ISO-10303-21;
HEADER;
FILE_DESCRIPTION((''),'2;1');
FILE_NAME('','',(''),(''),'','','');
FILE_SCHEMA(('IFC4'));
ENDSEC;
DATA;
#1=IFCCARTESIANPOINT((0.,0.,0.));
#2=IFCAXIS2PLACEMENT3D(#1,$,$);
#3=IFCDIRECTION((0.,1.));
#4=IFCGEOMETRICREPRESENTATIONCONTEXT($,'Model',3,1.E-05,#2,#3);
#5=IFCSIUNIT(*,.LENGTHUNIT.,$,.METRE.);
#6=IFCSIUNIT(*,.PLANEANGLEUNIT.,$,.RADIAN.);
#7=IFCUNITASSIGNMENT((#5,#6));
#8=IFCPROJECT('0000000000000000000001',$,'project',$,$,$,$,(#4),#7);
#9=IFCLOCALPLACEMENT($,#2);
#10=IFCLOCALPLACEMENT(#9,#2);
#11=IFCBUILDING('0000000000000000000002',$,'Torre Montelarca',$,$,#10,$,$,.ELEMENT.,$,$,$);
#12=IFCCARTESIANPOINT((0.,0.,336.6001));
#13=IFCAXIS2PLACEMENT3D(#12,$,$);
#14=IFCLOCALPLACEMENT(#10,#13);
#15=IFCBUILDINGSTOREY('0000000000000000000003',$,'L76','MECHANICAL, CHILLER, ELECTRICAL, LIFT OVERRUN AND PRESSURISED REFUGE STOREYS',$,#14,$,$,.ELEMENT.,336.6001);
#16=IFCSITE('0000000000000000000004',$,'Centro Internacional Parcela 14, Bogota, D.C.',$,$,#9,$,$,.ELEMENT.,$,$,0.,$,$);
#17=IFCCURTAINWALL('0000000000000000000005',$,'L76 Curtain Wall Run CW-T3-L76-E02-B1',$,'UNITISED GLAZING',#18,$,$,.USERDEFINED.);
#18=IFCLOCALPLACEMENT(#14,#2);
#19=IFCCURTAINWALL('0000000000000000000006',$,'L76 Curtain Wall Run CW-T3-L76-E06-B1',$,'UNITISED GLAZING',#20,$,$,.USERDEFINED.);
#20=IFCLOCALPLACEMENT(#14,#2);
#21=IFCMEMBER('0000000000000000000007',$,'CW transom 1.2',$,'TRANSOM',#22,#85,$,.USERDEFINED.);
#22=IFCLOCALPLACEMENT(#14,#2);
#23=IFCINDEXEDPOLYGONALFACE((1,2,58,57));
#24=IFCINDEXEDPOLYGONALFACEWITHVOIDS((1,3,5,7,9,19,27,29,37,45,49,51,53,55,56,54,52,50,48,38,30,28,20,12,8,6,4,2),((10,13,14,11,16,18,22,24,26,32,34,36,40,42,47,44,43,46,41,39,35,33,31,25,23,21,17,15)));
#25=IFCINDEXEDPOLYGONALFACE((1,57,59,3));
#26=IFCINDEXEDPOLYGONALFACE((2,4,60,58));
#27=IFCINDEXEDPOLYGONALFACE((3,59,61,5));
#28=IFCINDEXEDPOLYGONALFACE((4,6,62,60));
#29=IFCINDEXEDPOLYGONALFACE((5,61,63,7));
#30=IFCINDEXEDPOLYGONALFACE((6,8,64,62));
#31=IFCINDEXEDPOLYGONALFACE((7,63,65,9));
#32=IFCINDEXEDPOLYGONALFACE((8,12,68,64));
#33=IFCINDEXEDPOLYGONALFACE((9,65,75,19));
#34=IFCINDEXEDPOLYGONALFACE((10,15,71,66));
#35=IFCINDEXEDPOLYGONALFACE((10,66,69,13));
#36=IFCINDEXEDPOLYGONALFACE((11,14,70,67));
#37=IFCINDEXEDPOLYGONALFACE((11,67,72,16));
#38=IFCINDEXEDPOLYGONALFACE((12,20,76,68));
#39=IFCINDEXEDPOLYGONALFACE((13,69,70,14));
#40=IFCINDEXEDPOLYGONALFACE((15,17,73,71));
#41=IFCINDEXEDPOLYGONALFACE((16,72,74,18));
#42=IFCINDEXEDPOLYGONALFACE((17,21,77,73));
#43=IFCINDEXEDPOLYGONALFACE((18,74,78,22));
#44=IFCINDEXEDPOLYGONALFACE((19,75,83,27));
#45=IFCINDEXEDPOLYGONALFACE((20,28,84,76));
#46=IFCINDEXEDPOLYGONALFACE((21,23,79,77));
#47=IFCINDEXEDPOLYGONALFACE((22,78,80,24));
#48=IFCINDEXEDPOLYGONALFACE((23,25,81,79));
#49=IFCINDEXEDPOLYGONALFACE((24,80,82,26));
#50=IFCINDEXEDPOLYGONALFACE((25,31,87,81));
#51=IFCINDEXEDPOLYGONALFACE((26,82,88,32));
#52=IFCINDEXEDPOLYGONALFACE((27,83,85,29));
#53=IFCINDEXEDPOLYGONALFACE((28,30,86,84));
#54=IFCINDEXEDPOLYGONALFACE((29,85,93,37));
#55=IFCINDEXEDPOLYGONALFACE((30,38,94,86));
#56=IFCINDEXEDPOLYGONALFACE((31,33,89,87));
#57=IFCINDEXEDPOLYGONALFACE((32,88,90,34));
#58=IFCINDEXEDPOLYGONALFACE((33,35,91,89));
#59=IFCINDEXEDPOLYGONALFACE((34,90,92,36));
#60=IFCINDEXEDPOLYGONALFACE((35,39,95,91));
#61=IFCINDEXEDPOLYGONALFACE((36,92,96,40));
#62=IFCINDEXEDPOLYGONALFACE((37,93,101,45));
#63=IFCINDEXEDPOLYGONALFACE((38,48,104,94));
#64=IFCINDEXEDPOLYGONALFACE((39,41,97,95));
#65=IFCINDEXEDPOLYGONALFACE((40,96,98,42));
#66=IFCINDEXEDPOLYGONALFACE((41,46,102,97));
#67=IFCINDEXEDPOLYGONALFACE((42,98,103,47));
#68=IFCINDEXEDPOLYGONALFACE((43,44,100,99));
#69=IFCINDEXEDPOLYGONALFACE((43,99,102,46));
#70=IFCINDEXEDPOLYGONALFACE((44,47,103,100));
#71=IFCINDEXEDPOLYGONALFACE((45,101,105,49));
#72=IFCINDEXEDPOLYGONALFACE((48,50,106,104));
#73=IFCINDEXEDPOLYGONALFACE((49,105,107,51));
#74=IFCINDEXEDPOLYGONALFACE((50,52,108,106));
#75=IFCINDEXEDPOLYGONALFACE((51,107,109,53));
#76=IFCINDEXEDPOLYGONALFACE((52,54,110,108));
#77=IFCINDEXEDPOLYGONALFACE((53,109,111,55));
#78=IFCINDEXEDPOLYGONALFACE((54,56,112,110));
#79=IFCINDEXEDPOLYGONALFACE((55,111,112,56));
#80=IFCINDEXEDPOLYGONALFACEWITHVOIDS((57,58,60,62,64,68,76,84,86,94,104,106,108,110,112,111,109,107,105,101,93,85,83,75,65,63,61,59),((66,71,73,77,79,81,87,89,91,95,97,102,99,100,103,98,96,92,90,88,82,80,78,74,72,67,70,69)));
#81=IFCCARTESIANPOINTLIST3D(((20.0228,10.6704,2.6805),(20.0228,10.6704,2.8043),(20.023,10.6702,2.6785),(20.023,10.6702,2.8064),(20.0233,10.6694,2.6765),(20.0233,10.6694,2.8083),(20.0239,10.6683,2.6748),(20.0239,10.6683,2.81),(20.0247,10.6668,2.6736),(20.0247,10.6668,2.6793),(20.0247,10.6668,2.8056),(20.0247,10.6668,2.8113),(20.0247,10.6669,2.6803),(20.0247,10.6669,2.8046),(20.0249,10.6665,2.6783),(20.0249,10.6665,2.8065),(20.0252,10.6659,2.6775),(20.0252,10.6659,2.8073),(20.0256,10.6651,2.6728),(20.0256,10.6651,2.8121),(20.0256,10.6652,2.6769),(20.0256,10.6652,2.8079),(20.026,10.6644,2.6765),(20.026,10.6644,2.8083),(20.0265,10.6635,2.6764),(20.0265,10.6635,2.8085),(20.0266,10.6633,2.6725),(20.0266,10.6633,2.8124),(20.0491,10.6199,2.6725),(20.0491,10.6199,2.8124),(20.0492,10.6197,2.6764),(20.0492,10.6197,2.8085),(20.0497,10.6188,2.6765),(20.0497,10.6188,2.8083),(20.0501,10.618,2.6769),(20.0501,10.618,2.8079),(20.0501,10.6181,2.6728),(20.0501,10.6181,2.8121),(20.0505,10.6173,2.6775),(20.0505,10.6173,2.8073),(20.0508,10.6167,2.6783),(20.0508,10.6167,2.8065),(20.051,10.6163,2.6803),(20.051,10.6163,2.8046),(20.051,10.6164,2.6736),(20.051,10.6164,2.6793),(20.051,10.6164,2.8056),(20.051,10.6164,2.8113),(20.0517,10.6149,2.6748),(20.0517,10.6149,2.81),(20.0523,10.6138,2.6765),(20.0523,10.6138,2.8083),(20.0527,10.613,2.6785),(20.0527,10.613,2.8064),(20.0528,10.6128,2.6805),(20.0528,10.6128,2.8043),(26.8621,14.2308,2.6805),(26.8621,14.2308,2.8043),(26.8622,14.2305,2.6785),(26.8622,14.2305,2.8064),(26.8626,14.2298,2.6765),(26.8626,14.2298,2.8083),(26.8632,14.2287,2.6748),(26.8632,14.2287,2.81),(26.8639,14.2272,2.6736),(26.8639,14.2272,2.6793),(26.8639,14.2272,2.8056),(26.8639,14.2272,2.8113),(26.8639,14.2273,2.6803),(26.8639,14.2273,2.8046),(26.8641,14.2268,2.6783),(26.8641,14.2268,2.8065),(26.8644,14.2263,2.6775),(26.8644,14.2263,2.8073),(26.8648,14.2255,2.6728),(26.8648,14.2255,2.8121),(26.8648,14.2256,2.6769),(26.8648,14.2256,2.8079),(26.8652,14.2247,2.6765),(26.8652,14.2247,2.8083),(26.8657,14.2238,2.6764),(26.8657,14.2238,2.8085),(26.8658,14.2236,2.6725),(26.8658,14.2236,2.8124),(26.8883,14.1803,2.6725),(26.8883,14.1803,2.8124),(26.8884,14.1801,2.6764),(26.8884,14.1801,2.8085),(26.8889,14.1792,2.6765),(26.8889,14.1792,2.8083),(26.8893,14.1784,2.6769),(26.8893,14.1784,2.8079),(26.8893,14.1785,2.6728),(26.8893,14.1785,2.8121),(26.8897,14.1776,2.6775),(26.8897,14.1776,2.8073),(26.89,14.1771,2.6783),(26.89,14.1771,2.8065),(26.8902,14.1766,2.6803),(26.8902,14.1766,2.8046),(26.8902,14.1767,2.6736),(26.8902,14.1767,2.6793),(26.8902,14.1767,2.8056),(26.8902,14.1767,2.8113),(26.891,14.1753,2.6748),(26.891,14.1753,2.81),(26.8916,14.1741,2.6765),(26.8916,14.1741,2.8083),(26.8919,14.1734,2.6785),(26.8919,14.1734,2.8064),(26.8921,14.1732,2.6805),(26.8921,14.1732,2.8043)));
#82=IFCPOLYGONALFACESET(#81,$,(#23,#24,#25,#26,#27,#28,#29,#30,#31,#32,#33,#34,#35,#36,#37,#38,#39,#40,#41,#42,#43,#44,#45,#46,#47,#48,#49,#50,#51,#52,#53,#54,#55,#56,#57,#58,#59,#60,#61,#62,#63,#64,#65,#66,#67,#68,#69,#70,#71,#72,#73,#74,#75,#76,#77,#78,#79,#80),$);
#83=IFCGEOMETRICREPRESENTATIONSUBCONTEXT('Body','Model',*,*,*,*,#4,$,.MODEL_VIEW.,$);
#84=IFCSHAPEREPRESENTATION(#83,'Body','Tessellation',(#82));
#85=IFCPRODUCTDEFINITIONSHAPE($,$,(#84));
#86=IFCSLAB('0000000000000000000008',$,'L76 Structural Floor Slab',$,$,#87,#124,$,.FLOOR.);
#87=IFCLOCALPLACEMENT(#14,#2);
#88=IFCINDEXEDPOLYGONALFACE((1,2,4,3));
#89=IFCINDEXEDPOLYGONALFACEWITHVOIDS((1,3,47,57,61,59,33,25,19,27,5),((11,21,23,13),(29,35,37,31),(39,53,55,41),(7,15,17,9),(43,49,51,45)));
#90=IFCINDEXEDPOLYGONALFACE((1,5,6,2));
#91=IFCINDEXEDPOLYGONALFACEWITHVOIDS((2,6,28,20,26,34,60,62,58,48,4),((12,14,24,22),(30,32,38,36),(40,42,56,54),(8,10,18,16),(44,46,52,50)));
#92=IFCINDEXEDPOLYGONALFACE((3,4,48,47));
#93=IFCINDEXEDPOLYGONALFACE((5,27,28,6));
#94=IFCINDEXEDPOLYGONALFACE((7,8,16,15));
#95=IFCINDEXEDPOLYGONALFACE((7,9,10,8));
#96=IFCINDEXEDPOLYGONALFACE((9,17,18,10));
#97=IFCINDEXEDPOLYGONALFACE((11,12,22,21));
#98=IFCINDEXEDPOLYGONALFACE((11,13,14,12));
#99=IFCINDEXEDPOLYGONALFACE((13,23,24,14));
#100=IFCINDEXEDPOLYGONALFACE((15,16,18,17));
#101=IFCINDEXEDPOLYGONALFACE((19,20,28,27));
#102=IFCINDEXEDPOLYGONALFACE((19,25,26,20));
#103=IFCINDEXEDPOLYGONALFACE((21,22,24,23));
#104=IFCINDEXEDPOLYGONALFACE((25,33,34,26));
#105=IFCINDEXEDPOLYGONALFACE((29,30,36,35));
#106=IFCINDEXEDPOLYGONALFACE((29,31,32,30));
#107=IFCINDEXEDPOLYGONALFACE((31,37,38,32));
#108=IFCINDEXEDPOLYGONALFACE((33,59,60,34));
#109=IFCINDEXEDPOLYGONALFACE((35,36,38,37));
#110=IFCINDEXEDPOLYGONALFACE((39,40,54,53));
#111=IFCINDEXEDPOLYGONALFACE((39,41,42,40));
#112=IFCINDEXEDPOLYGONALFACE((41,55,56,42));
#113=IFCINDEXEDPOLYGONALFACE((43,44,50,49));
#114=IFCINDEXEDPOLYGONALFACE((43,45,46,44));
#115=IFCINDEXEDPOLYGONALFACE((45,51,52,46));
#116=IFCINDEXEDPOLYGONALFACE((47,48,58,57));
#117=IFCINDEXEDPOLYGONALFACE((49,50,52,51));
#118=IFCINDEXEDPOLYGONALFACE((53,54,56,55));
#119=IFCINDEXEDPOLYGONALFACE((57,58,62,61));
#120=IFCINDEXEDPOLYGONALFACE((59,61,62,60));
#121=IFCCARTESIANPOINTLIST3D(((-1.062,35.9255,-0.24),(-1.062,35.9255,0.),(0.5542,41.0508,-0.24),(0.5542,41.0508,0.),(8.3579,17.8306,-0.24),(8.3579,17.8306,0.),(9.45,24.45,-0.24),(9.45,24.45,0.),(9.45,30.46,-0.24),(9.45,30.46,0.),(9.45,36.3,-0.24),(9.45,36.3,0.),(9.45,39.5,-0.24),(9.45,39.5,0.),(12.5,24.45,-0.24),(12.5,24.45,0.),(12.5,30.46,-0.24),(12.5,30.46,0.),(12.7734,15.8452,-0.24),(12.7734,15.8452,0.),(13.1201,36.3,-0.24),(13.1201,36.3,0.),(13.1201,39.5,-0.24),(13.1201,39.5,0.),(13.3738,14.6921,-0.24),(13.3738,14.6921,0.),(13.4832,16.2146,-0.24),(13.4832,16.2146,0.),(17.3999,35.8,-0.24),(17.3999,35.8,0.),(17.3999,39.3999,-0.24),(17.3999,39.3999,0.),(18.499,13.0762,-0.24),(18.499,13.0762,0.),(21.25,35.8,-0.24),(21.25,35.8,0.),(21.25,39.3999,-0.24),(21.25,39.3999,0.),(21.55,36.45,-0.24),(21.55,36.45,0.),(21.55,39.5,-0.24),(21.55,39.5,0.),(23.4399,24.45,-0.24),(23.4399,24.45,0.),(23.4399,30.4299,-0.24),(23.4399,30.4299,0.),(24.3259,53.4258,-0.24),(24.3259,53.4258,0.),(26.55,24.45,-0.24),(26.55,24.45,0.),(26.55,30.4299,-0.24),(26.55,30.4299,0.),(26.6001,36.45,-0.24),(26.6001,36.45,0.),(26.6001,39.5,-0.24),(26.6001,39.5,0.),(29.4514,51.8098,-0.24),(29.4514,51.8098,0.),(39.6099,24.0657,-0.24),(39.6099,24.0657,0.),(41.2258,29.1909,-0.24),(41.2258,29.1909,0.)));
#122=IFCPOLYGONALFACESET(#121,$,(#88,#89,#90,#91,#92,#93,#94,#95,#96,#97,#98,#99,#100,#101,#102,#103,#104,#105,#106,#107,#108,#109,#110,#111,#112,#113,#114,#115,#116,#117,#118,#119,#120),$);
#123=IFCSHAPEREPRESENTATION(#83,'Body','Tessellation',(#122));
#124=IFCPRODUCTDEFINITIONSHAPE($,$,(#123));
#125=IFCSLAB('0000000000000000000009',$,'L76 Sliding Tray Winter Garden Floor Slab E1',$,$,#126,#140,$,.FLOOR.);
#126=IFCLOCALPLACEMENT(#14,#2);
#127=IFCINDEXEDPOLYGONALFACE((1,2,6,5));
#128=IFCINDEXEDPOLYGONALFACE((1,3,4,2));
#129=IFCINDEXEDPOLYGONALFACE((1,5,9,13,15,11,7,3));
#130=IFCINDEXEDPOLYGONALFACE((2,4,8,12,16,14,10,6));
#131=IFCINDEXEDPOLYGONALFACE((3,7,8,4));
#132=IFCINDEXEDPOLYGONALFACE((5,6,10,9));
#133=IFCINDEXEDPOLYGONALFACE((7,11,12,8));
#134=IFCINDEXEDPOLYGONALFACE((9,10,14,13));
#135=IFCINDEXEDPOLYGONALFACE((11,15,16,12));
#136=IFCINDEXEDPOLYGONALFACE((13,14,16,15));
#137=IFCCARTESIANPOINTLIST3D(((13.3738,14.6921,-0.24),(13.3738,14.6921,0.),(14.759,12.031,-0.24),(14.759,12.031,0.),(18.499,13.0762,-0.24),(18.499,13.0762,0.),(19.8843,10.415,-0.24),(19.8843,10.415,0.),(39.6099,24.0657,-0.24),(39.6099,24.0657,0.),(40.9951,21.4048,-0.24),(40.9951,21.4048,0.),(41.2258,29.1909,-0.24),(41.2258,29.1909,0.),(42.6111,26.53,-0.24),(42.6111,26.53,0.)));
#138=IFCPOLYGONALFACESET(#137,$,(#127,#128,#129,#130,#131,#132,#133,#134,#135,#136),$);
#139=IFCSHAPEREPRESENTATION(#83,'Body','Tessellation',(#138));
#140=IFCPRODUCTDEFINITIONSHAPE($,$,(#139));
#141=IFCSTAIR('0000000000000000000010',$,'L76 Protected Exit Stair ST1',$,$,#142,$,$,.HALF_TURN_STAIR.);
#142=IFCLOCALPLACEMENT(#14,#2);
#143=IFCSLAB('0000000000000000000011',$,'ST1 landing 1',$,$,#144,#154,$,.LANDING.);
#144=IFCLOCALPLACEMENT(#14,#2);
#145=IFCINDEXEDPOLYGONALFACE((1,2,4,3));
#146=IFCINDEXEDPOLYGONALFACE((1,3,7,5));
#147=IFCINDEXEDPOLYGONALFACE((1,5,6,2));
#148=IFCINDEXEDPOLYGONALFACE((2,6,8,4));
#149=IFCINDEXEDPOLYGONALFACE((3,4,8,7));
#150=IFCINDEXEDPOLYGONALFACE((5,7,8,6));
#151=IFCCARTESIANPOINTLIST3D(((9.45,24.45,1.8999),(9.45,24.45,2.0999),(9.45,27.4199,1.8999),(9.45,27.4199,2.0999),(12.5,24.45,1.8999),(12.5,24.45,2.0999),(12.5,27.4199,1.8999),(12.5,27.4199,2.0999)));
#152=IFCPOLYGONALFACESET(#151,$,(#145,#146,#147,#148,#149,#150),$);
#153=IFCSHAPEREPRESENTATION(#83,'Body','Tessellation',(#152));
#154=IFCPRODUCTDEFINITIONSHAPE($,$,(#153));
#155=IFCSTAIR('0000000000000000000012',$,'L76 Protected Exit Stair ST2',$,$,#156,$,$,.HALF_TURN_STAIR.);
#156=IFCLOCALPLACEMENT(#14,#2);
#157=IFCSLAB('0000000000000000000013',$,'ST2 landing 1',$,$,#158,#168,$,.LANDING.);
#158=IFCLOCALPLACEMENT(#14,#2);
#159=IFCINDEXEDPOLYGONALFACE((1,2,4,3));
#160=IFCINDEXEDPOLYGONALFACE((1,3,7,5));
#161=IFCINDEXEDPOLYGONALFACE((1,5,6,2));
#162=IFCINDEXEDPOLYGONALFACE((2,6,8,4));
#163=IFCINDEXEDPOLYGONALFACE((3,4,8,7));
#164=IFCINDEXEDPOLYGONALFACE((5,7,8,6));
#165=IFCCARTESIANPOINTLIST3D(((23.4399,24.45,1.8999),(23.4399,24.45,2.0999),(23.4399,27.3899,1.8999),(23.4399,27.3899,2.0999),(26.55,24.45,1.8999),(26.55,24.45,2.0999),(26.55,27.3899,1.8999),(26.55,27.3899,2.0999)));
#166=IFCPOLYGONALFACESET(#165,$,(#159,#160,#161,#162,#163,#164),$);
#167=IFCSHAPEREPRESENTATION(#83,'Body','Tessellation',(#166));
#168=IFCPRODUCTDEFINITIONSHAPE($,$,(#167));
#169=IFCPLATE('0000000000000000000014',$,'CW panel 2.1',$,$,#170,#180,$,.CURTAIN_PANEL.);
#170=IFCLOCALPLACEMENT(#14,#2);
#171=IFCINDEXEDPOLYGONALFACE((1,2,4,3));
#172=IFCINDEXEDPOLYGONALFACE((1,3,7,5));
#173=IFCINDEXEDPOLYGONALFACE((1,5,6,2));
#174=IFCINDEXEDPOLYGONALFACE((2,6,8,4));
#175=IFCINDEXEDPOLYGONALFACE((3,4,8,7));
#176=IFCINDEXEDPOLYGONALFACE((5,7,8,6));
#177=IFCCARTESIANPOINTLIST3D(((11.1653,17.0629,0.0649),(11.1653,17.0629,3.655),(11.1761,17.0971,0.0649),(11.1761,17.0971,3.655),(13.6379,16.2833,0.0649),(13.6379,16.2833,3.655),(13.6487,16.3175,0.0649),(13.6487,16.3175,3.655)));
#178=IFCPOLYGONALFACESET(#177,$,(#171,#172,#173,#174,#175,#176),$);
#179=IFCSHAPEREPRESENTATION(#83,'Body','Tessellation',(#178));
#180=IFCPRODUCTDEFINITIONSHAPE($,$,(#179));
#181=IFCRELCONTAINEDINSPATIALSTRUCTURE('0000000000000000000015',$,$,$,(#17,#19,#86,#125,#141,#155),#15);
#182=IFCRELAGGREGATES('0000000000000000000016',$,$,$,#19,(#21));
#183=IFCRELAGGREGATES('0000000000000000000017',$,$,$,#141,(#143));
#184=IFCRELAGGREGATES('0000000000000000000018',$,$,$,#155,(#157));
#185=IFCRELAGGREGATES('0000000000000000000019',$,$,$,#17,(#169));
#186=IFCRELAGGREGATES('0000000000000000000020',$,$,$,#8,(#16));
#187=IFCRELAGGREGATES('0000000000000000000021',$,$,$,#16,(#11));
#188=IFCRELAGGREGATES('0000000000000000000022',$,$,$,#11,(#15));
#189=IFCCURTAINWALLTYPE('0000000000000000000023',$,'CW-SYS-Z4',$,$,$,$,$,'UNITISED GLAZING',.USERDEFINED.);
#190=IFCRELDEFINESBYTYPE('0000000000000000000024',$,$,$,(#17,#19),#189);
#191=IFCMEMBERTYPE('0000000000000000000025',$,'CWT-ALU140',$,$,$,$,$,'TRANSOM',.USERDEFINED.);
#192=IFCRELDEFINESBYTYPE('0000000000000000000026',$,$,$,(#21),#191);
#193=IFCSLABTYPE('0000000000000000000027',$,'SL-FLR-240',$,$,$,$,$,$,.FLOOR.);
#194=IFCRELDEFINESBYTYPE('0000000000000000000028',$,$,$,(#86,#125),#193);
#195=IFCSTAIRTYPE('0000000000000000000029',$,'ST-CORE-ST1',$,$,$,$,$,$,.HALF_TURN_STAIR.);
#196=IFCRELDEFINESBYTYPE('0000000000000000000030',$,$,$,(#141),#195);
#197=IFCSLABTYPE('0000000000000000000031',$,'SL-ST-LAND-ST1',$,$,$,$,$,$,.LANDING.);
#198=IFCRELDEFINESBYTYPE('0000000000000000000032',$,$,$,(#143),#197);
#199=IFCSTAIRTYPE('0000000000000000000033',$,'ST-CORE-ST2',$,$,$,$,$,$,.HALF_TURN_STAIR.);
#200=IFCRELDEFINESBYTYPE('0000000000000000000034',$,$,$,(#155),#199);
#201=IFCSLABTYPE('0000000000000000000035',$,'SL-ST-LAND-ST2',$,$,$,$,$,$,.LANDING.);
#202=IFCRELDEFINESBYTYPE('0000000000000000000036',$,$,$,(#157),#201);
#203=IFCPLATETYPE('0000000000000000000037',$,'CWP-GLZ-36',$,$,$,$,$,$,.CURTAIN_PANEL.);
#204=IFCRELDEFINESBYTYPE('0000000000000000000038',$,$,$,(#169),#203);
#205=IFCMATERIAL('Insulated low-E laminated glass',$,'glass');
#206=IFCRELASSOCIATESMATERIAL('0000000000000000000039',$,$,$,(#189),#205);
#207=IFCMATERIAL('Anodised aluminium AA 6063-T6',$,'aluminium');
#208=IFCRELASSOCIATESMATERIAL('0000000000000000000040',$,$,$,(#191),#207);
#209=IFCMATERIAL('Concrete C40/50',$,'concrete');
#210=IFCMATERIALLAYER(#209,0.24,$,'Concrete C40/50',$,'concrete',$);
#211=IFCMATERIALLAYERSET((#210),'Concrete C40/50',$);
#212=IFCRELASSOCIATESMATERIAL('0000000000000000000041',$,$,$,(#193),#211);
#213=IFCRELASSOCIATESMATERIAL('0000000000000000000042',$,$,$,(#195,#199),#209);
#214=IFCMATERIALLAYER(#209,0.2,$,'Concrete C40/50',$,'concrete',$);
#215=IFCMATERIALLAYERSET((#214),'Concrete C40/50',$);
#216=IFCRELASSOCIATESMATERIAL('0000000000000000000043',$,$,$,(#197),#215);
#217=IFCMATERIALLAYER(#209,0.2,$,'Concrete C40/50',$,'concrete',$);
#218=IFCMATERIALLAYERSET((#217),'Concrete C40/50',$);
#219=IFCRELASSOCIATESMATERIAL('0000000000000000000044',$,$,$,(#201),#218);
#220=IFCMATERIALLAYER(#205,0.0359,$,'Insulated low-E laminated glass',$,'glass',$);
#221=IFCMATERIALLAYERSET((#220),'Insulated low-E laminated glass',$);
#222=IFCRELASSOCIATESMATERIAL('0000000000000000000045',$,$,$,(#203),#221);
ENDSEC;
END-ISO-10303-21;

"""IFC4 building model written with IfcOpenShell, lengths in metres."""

from ifc_helpers import new_model, si_unit, direction, frame, origin, origin_2d, place, context, subcontext, project, spatial, polyline, rectangle, hollow_rectangle, outline, extrude, source, transform, mapped, material, layer, layer_set, material_profile, profile_set, type_object, element, aggregate, save


model = new_model("IFC4")

# Units and contexts
model_context = context("Model", 3, precision=1e-05, world=origin(), true_north=direction((0.0, 1.0)))
body_context = subcontext(model_context, "Body", "Model", "MODEL_VIEW")
ifc_project = project(units=[si_unit("LENGTHUNIT", "METRE"), si_unit("PLANEANGLEUNIT", "RADIAN")], contexts=[model_context])

# Site, building, storey
site_placement = place(None, origin())
site = spatial("IfcSite", under=ifc_project, at=site_placement, Name="Centro Internacional Parcela 14, Bogota, D.C.", CompositionType="ELEMENT", RefElevation=0.0)
building_placement = place(site_placement, origin())
building = spatial("IfcBuilding", under=site, at=building_placement, Name="Torre Montelarca", CompositionType="ELEMENT")
storey_placement = place(building_placement, frame((0.0, 0.0, 336.6001)))
storey = spatial("IfcBuildingStorey", under=building, at=storey_placement, Name="L76", Description="MECHANICAL, CHILLER, ELECTRICAL, LIFT OVERRUN AND PRESSURISED REFUGE STOREYS", CompositionType="ELEMENT", Elevation=336.6001)

# Curtain wall
ifc_material_1 = material(Name="Insulated low-E laminated glass", Category="glass")
curtain_wall_type = type_object("IfcCurtainWallType", Name="CW-SYS-Z4", ElementType="UNITISED GLAZING", PredefinedType="USERDEFINED", material=ifc_material_1)
curtain_wall_1_placement = place(storey_placement, origin())
curtain_wall_1 = element("IfcCurtainWall", 1, at=curtain_wall_1_placement, inside=storey, type_object=curtain_wall_type, Name="L76 Curtain Wall Run CW-T3-L76-E02-B1", ObjectType="UNITISED GLAZING", PredefinedType="USERDEFINED")
ifc_material_2 = material(Name="Anodised aluminium AA 6063-T6", Category="aluminium")
ifc_material_profile_1 = material_profile(ifc_material_2, hollow_rectangle(XDim=0.0649, YDim=0.1399, WallThickness=0.0039, InnerFilletRadius=0.0039, OuterFilletRadius=0.0081, at=origin_2d()), Name="ALU65X140X4", Category="aluminium")
ifc_profile_set_1 = profile_set([ifc_material_profile_1], Name="Anodised aluminium AA 6063-T6")
member_type_1 = type_object("IfcMemberType", Name="CWT-ALU140", ElementType="TRANSOM", PredefinedType="USERDEFINED", material=ifc_profile_set_1)

# Curtain wall
curtain_wall_2_placement = place(storey_placement, origin())
curtain_wall_2 = element("IfcCurtainWall", 2, at=curtain_wall_2_placement, inside=storey, type_object=curtain_wall_type, Name="L76 Curtain Wall Run CW-T3-L76-E06-B1", ObjectType="UNITISED GLAZING", PredefinedType="USERDEFINED")

# Member
shared_shape_1 = source(origin(), body_context, "Body", "SweptSolid", [
    extrude(hollow_rectangle(XDim=0.0649, YDim=0.1399, WallThickness=0.0039, InnerFilletRadius=0.0039, OuterFilletRadius=0.0081, at=origin_2d()), origin(), (0.0, 0.0, 1.0), 7.7104),
])
member_1_placement = place(storey_placement, frame((20.0378, 10.6416, 2.7424), z_axis=(0.887006, 0.461757, 0.0), x_axis=(-0.461757, 0.887006, 0.0)))
member_1 = element("IfcMember", 3, at=member_1_placement, type_object=member_type_1, Name="CW transom 1.2", ObjectType="TRANSOM", PredefinedType="USERDEFINED", context=body_context, shape_type="MappedRepresentation", body=[
    mapped(shared_shape_1, transform((0.0, 0.0, 0.0), scale=1.0)),
])
aggregate(curtain_wall_2, [member_1])

# Slabs
ifc_material_3 = material(Name="Concrete C40/50", Category="concrete")
ifc_layer_1 = layer(ifc_material_3, 0.24, Name="Concrete C40/50", Category="concrete")
ifc_layer_set_1 = layer_set([ifc_layer_1], Name="Concrete C40/50")
slab_type_1 = type_object("IfcSlabType", Name="SL-FLR-240", PredefinedType="FLOOR", material=ifc_layer_set_1)
slab_1_placement = place(storey_placement, frame((0.0, 0.0, -0.24)))
element("IfcSlab", 4, at=slab_1_placement, inside=storey, type_object=slab_type_1, Name="L76 Structural Floor Slab", PredefinedType="FLOOR", context=body_context, shape_type="SweptSolid", body=[
    extrude(outline(polyline([(8.3579, 17.8306), (13.4832, 16.2146), (12.7734, 15.8452), (13.3738, 14.6921), (18.499, 13.0762), (39.6099, 24.0657), (41.2258, 29.1909), (29.4514, 51.8098), (24.3259, 53.4258), (0.5542, 41.0508), (-1.062, 35.9255), (8.3579, 17.8306)]), holes=[polyline([(26.55, 24.45), (23.4399, 24.45), (23.4399, 30.4299), (26.55, 30.4299), (26.55, 24.45)]), polyline([(12.5, 24.45), (9.45, 24.45), (9.45, 30.46), (12.5, 30.46), (12.5, 24.45)]), polyline([(21.25, 39.3999), (21.25, 35.8), (17.3999, 35.8), (17.3999, 39.3999), (21.25, 39.3999)]), polyline([(13.1201, 36.3), (9.45, 36.3), (9.45, 39.5), (13.1201, 39.5), (13.1201, 36.3)]), polyline([(26.6001, 36.45), (21.55, 36.45), (21.55, 39.5), (26.6001, 39.5), (26.6001, 36.45)])]), origin(), (0.0, 0.0, 1.0), 0.24),
])
slab_2_placement = place(storey_placement, frame((0.0, 0.0, -0.24)))
element("IfcSlab", 5, at=slab_2_placement, inside=storey, type_object=slab_type_1, Name="L76 Sliding Tray Winter Garden Floor Slab E1", PredefinedType="FLOOR", context=body_context, shape_type="SweptSolid", body=[
    extrude(outline(polyline([(41.2258, 29.1909), (39.6099, 24.0657), (18.499, 13.0762), (13.3738, 14.6921), (14.759, 12.031), (19.8843, 10.415), (40.9951, 21.4048), (42.6111, 26.53), (41.2258, 29.1909)])), origin(), (0.0, 0.0, 1.0), 0.24),
])

# Stairs, slabs
stair_type_1 = type_object("IfcStairType", Name="ST-CORE-ST1", PredefinedType="HALF_TURN_STAIR", material=ifc_material_3)
stair_1_placement = place(storey_placement, origin())
stair_1 = element("IfcStair", 6, at=stair_1_placement, inside=storey, type_object=stair_type_1, Name="L76 Protected Exit Stair ST1", PredefinedType="HALF_TURN_STAIR")
ifc_layer_2 = layer(ifc_material_3, 0.2, Name="Concrete C40/50", Category="concrete")
ifc_layer_set_2 = layer_set([ifc_layer_2], Name="Concrete C40/50")
slab_type_2 = type_object("IfcSlabType", Name="SL-ST-LAND-ST1", PredefinedType="LANDING", material=ifc_layer_set_2)
slab_3_placement = place(storey_placement, frame((0.0, 0.0, 1.8999)))
slab_3 = element("IfcSlab", 7, at=slab_3_placement, type_object=slab_type_2, Name="ST1 landing 1", PredefinedType="LANDING", context=body_context, shape_type="SweptSolid", body=[
    extrude(outline(polyline([(9.45, 27.4199), (9.45, 24.45), (12.5, 24.45), (12.5, 27.4199), (9.45, 27.4199)])), origin(), (0.0, 0.0, 1.0), 0.2),
])
aggregate(stair_1, [slab_3])
stair_type_2 = type_object("IfcStairType", Name="ST-CORE-ST2", PredefinedType="HALF_TURN_STAIR", material=ifc_material_3)
stair_2_placement = place(storey_placement, origin())
stair_2 = element("IfcStair", 8, at=stair_2_placement, inside=storey, type_object=stair_type_2, Name="L76 Protected Exit Stair ST2", PredefinedType="HALF_TURN_STAIR")
ifc_layer_3 = layer(ifc_material_3, 0.2, Name="Concrete C40/50", Category="concrete")
ifc_layer_set_3 = layer_set([ifc_layer_3], Name="Concrete C40/50")
slab_type_3 = type_object("IfcSlabType", Name="SL-ST-LAND-ST2", PredefinedType="LANDING", material=ifc_layer_set_3)
slab_4_placement = place(storey_placement, frame((0.0, 0.0, 1.8999)))
slab_4 = element("IfcSlab", 9, at=slab_4_placement, type_object=slab_type_3, Name="ST2 landing 1", PredefinedType="LANDING", context=body_context, shape_type="SweptSolid", body=[
    extrude(outline(polyline([(23.4399, 27.3899), (23.4399, 24.45), (26.55, 24.45), (26.55, 27.3899), (23.4399, 27.3899)])), origin(), (0.0, 0.0, 1.0), 0.2),
])
aggregate(stair_2, [slab_4])

# Plate
ifc_layer_4 = layer(ifc_material_1, 0.0359, Name="Insulated low-E laminated glass", Category="glass")
ifc_layer_set_4 = layer_set([ifc_layer_4], Name="Insulated low-E laminated glass")
plate_type = type_object("IfcPlateType", Name="CWP-GLZ-36", PredefinedType="CURTAIN_PANEL", material=ifc_layer_set_4)
shared_shape_2 = source(origin(), body_context, "Body", "SweptSolid", [
    extrude(rectangle(XDim=2.5925, YDim=0.0359, at=origin_2d()), origin(), (0.0, 0.0, 1.0), 3.5901),
])
plate_1_placement = place(storey_placement, frame((12.407, 16.6902, 0.0649), z_axis=(0.0, 0.0, 1.0), x_axis=(0.953719, -0.300698, 0.0)))
plate_1 = element("IfcPlate", 10, at=plate_1_placement, type_object=plate_type, Name="CW panel 2.1", PredefinedType="CURTAIN_PANEL", context=body_context, shape_type="MappedRepresentation", body=[
    mapped(shared_shape_2, transform((0.0, 0.0, 0.0), scale=1.0)),
])
aggregate(curtain_wall_1, [plate_1])

save(model, "model.ifc")
